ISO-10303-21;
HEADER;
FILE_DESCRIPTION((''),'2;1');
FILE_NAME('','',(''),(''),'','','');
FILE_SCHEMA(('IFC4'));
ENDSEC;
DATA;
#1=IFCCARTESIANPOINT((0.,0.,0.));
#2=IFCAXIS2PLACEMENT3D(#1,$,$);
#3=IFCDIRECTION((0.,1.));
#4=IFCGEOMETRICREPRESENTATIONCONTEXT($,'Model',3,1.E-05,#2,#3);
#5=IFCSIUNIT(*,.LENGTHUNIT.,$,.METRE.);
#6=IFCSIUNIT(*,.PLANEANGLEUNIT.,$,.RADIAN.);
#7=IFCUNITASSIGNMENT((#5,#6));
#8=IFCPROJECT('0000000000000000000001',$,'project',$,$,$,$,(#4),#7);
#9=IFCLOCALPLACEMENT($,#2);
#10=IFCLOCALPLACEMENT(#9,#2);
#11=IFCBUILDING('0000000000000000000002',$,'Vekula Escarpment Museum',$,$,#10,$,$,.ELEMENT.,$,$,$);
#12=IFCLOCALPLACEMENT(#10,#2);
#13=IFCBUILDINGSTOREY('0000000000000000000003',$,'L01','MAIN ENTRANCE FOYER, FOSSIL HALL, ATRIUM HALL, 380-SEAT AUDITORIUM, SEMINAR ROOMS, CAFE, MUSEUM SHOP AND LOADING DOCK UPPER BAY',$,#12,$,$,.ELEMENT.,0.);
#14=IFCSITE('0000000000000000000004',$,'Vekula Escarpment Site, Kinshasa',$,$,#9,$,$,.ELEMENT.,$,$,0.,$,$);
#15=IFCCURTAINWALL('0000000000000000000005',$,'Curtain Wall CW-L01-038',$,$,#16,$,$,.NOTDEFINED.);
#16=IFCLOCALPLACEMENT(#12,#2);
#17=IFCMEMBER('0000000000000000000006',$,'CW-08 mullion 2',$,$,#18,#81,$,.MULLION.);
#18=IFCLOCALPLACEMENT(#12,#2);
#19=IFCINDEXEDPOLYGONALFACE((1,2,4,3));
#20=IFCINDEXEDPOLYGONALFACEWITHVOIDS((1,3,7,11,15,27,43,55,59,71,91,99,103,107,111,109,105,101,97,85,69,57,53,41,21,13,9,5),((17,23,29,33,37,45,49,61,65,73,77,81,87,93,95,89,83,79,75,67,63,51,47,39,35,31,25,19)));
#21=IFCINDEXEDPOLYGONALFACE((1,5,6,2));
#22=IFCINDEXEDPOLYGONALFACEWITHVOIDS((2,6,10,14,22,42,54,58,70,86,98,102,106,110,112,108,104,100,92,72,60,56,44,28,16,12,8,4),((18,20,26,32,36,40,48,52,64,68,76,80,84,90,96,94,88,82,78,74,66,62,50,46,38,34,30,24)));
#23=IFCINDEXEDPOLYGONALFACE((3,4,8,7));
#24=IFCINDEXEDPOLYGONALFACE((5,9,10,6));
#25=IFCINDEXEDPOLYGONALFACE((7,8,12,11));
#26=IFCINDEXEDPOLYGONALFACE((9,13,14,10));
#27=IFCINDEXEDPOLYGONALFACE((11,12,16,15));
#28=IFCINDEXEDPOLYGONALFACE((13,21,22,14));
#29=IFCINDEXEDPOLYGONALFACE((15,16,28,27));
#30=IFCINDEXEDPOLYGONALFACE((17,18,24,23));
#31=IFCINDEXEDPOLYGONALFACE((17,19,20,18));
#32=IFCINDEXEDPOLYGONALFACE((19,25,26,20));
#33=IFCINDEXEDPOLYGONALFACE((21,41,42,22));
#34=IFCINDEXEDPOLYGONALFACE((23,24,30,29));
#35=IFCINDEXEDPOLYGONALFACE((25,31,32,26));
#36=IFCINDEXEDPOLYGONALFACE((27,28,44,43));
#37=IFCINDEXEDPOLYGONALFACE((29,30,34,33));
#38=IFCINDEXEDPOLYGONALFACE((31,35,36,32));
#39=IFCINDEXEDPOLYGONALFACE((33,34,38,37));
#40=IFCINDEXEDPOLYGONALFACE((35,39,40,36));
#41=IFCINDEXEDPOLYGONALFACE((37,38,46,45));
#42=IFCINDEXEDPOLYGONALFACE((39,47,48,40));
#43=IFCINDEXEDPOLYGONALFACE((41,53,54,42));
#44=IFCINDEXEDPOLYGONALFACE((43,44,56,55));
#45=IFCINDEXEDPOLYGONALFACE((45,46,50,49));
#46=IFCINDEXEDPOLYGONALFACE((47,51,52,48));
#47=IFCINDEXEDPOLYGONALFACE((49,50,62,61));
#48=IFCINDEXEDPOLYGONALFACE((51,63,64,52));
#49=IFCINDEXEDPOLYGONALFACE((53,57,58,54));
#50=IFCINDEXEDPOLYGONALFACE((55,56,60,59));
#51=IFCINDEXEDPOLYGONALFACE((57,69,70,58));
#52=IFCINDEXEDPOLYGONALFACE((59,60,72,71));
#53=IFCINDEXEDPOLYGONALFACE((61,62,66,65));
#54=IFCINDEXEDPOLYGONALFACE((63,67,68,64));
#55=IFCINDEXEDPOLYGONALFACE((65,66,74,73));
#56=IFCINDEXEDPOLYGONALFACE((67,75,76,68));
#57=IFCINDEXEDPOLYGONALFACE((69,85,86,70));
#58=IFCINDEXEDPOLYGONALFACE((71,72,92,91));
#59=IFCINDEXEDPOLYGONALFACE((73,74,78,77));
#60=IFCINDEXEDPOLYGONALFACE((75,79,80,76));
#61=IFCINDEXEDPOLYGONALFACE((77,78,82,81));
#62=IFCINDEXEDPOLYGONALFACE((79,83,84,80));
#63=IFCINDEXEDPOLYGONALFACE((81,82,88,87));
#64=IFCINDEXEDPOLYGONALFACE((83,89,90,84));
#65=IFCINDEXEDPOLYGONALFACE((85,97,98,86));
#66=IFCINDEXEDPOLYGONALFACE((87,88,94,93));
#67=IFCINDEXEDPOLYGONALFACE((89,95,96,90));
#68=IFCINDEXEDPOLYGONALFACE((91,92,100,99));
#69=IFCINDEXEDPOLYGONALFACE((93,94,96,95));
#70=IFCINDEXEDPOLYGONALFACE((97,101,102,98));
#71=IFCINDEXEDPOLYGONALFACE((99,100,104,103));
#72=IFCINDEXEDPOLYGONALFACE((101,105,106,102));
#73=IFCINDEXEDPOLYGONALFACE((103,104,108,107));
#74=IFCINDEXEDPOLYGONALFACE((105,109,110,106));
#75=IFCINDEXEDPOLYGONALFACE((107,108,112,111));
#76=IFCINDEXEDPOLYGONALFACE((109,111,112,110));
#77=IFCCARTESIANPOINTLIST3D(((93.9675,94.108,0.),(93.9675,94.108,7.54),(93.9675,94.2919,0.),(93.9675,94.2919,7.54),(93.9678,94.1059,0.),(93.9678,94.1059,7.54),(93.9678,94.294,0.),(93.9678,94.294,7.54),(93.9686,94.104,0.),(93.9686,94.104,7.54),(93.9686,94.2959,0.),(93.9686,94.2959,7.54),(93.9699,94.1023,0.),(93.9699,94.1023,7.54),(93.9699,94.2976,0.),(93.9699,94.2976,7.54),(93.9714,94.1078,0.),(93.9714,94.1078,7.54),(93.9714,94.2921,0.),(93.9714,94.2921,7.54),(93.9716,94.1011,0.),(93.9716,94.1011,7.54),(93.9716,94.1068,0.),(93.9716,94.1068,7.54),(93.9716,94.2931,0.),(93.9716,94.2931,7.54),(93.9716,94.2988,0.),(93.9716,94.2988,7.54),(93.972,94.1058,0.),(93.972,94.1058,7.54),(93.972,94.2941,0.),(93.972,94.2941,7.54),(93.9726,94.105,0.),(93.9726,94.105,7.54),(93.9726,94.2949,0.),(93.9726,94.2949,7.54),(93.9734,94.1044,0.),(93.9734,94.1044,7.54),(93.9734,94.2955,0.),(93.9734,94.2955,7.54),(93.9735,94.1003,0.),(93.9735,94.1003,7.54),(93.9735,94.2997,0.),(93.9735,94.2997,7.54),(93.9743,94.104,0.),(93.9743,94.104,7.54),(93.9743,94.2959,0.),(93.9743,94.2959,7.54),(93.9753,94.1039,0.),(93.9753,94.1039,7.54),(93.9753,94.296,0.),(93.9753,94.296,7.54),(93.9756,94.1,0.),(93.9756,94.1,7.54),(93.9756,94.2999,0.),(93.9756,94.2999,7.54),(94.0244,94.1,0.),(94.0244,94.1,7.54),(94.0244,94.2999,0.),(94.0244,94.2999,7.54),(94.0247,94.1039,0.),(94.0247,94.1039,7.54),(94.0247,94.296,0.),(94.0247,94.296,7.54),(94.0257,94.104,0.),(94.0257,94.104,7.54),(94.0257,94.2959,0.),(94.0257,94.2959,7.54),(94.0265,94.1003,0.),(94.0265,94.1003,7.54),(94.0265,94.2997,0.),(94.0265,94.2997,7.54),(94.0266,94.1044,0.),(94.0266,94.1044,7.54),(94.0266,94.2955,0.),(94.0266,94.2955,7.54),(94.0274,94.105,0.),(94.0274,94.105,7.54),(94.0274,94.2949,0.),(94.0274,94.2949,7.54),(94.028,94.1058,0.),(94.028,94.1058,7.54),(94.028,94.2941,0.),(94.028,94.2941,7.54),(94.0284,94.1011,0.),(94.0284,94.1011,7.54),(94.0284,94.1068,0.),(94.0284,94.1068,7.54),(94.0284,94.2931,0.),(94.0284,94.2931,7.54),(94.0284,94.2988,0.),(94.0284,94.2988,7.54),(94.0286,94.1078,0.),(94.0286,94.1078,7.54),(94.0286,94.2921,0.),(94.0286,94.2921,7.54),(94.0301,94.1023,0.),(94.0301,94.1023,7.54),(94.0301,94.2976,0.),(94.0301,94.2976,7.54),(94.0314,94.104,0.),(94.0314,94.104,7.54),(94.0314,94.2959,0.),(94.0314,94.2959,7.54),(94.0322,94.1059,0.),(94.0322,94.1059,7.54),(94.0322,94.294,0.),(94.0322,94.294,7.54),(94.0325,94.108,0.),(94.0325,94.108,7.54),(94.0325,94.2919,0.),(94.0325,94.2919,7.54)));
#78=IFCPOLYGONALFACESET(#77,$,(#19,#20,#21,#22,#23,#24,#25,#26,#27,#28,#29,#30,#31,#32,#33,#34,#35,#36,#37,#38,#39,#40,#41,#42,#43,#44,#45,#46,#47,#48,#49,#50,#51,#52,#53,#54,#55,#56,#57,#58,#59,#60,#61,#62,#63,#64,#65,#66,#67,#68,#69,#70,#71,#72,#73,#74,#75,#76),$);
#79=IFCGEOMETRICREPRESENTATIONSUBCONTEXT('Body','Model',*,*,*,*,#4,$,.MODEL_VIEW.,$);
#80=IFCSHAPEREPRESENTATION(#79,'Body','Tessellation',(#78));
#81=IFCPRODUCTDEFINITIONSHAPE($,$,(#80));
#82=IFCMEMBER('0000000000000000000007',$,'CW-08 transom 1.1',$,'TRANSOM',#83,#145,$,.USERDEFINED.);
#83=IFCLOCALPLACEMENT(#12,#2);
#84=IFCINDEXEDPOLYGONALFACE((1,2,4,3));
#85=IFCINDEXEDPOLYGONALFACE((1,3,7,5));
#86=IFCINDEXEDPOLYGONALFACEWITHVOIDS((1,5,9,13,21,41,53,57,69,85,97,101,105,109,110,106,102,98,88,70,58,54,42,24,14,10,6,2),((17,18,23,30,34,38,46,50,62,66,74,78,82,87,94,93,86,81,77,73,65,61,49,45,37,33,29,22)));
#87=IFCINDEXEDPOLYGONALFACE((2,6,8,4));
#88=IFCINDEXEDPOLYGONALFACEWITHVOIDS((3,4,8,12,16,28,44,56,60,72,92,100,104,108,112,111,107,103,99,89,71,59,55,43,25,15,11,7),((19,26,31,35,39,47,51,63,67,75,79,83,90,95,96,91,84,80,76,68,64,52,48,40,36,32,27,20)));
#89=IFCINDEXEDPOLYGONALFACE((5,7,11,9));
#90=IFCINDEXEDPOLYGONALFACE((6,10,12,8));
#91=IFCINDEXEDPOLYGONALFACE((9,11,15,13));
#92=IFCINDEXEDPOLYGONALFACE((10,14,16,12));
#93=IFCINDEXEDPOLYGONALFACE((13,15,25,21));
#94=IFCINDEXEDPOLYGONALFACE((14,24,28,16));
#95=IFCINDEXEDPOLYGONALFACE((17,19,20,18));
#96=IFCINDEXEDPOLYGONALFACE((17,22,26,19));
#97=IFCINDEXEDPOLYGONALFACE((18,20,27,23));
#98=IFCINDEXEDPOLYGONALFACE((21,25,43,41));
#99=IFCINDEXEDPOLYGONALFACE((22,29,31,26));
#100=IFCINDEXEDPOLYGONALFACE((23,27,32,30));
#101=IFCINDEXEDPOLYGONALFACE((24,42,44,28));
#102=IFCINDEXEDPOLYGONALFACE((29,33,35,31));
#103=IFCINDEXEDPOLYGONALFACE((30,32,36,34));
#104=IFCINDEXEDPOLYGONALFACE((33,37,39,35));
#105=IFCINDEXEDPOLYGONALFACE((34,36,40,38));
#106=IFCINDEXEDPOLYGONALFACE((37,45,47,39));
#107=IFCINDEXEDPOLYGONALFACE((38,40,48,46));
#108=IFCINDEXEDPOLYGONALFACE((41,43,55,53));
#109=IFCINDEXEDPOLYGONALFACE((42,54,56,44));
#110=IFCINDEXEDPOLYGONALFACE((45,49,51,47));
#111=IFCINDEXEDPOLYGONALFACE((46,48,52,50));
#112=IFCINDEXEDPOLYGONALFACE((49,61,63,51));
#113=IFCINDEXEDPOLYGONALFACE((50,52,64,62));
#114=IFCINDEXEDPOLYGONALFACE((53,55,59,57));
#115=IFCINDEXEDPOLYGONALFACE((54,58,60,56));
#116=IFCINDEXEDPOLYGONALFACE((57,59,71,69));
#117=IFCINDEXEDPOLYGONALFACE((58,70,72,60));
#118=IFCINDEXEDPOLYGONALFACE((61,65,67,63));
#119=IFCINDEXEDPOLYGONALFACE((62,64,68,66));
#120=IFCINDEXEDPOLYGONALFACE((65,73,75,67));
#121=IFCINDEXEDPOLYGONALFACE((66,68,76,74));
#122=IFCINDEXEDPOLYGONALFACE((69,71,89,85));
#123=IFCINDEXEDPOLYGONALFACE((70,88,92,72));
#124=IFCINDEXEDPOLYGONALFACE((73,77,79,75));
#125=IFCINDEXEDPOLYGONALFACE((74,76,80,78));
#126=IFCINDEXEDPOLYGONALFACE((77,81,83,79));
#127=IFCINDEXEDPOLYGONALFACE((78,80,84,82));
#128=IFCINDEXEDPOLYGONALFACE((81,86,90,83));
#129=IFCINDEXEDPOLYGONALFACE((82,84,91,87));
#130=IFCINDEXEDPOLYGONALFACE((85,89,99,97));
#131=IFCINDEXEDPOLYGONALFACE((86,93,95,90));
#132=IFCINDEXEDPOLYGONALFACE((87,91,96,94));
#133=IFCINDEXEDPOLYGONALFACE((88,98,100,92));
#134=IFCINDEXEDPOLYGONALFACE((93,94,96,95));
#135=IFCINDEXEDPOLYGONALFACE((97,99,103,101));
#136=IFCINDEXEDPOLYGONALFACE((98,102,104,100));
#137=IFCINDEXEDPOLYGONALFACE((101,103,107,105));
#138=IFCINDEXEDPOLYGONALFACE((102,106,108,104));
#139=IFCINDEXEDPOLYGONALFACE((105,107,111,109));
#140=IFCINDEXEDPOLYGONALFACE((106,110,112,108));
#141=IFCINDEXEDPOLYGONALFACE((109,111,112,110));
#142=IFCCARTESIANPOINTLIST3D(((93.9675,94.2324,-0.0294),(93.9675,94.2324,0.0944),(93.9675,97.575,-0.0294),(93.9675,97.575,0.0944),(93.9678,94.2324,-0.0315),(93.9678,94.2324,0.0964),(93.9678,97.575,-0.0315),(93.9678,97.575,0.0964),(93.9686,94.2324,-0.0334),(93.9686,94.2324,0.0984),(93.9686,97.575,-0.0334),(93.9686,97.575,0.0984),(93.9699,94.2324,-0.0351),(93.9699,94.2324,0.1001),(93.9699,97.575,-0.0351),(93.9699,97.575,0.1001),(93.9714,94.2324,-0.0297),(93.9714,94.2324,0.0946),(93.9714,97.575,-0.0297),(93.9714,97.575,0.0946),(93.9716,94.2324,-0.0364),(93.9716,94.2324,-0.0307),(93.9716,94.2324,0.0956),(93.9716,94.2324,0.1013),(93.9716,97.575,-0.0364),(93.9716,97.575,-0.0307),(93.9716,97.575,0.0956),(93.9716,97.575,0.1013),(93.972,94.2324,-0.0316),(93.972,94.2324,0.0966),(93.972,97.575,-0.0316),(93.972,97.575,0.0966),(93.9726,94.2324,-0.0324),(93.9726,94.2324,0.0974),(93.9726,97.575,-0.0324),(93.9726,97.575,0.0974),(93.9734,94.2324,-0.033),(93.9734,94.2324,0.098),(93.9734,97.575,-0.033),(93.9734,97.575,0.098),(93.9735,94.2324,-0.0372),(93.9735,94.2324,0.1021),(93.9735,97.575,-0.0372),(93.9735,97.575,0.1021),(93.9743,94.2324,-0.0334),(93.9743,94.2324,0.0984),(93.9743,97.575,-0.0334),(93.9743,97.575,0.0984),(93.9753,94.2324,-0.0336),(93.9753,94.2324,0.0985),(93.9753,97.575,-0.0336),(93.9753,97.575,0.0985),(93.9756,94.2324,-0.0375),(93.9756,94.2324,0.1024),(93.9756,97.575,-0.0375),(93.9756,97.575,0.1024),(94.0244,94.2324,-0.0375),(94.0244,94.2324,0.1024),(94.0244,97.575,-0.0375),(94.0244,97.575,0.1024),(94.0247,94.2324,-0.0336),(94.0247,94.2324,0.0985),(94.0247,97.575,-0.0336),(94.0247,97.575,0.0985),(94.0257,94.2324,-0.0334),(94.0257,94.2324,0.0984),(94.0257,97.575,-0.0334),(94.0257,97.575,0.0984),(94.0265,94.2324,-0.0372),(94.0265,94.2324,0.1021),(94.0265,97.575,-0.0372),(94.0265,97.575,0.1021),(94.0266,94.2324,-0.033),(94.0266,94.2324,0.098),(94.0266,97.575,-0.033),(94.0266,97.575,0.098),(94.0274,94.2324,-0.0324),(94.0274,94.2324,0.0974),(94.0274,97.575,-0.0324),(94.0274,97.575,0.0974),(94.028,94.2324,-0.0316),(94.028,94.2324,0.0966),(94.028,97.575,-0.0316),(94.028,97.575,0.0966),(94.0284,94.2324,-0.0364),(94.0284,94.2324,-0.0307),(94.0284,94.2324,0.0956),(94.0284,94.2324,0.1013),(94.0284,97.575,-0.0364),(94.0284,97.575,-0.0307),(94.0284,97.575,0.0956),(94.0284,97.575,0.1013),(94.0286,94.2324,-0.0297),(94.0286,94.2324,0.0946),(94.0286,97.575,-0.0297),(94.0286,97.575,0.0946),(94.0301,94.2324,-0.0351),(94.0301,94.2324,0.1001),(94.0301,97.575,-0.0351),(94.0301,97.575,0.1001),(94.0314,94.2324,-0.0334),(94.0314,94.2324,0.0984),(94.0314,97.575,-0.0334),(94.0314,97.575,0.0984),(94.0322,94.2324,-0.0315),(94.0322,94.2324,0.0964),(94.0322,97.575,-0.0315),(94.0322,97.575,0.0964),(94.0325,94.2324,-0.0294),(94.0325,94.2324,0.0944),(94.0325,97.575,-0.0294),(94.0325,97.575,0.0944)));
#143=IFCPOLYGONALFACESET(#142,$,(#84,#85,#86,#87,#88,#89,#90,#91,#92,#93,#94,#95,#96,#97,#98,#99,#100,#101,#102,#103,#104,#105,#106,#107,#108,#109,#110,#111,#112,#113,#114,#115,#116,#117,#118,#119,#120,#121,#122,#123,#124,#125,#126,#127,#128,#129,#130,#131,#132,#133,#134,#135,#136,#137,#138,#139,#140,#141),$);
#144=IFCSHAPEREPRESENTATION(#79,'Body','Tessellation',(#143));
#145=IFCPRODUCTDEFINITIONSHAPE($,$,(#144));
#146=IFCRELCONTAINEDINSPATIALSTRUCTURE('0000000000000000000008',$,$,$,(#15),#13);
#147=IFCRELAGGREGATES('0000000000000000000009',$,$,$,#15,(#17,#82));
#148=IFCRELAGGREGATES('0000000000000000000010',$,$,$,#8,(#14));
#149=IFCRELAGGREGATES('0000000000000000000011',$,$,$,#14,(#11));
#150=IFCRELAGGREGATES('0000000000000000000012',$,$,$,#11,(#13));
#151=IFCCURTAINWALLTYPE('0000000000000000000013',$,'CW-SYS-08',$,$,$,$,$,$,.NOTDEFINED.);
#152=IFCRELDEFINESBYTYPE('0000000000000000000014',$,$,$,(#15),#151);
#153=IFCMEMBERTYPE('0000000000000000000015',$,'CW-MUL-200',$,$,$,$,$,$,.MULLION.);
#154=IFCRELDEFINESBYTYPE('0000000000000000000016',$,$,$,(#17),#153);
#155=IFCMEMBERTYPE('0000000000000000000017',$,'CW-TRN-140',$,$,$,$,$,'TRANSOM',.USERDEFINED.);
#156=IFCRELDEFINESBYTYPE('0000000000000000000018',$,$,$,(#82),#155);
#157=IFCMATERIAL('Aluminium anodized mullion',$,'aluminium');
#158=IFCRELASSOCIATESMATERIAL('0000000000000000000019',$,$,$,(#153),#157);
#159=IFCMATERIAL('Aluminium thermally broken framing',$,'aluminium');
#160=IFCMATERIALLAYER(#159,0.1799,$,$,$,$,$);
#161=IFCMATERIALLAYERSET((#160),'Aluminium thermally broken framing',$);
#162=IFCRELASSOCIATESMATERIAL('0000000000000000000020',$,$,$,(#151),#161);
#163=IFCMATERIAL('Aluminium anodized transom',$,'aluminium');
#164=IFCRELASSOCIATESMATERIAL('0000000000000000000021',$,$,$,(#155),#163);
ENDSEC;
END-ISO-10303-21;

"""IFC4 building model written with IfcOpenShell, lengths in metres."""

from ifc_helpers import new_model, si_unit, direction, frame, origin, origin_2d, place, context, subcontext, project, spatial, hollow_rectangle, extrude, material, layer, layer_set, material_profile, profile_set, type_object, element, aggregate, save


model = new_model("IFC4")

# Units and contexts
model_context = context("Model", 3, precision=1e-05, world=origin(), true_north=direction((0.0, 1.0)))
body_context = subcontext(model_context, "Body", "Model", "MODEL_VIEW")
ifc_project = project(units=[si_unit("LENGTHUNIT", "METRE"), si_unit("PLANEANGLEUNIT", "RADIAN")], contexts=[model_context])

# Site, building, storey
site_placement = place(None, origin())
site = spatial("IfcSite", under=ifc_project, at=site_placement, Name="Vekula Escarpment Site, Kinshasa", CompositionType="ELEMENT", RefElevation=0.0)
building_placement = place(site_placement, origin())
building = spatial("IfcBuilding", under=site, at=building_placement, Name="Vekula Escarpment Museum", CompositionType="ELEMENT")
storey_placement = place(building_placement, origin())
storey = spatial("IfcBuildingStorey", under=building, at=storey_placement, Name="L01", Description="MAIN ENTRANCE FOYER, FOSSIL HALL, ATRIUM HALL, 380-SEAT AUDITORIUM, SEMINAR ROOMS, CAFE, MUSEUM SHOP AND LOADING DOCK UPPER BAY", CompositionType="ELEMENT", Elevation=0.0)

# Shared definitions
ifc_material_1 = material(Name="Aluminium anodized mullion", Category="aluminium")
ifc_material_profile_1 = material_profile(ifc_material_1, hollow_rectangle(XDim=0.0649, YDim=0.2, WallThickness=0.0039, InnerFilletRadius=0.0039, OuterFilletRadius=0.0081, at=origin_2d()), Name="ALU 200x65x4")
ifc_profile_set_1 = profile_set([ifc_material_profile_1], Name="Aluminium anodized mullion")
member_type_1 = type_object("IfcMemberType", Name="CW-MUL-200", PredefinedType="MULLION", material=ifc_profile_set_1)

# Curtain wall, members
ifc_material_2 = material(Name="Aluminium thermally broken framing", Category="aluminium")
ifc_layer_1 = layer(ifc_material_2, 0.1799)
ifc_layer_set_1 = layer_set([ifc_layer_1], Name="Aluminium thermally broken framing")
curtain_wall_type_1 = type_object("IfcCurtainWallType", Name="CW-SYS-08", PredefinedType="NOTDEFINED", material=ifc_layer_set_1)
curtain_wall_1_placement = place(storey_placement, origin())
curtain_wall_1 = element("IfcCurtainWall", 1, at=curtain_wall_1_placement, inside=storey, type_object=curtain_wall_type_1, Name="Curtain Wall CW-L01-038", PredefinedType="NOTDEFINED")
member_1_placement = place(storey_placement, frame((94.0, 94.2, 0.0), z_axis=(0.0, 0.0, 1.0), x_axis=(1.0, 0.0, 0.0)))
member_1 = element("IfcMember", 2, at=member_1_placement, type_object=member_type_1, Name="CW-08 mullion 2", PredefinedType="MULLION", context=body_context, shape_type="SweptSolid", body=[
    extrude(hollow_rectangle(XDim=0.0649, YDim=0.2, WallThickness=0.0039, InnerFilletRadius=0.0039, OuterFilletRadius=0.0081, at=origin_2d()), origin(), (0.0, 0.0, 1.0), 7.54),
])
ifc_material_3 = material(Name="Aluminium anodized transom", Category="aluminium")
ifc_material_profile_2 = material_profile(ifc_material_3, hollow_rectangle(XDim=0.0649, YDim=0.1399, WallThickness=0.0039, InnerFilletRadius=0.0039, OuterFilletRadius=0.0081, at=origin_2d()), Name="ALU 140x65x4")
ifc_profile_set_2 = profile_set([ifc_material_profile_2], Name="Aluminium anodized transom")
member_type_2 = type_object("IfcMemberType", Name="CW-TRN-140", ElementType="TRANSOM", PredefinedType="USERDEFINED", material=ifc_profile_set_2)
member_2_placement = place(storey_placement, frame((94.0, 97.575, 0.0325), z_axis=(0.0, -1.0, 0.0), x_axis=(1.0, 0.0, 0.0)))
member_2 = element("IfcMember", 3, at=member_2_placement, type_object=member_type_2, Name="CW-08 transom 1.1", ObjectType="TRANSOM", PredefinedType="USERDEFINED", context=body_context, shape_type="SweptSolid", body=[
    extrude(hollow_rectangle(XDim=0.0649, YDim=0.1399, WallThickness=0.0039, InnerFilletRadius=0.0039, OuterFilletRadius=0.0081, at=origin_2d()), origin(), (0.0, 0.0, 1.0), 3.3425),
])

aggregate(curtain_wall_1, [member_1, member_2])

save(model, "model.ifc")
